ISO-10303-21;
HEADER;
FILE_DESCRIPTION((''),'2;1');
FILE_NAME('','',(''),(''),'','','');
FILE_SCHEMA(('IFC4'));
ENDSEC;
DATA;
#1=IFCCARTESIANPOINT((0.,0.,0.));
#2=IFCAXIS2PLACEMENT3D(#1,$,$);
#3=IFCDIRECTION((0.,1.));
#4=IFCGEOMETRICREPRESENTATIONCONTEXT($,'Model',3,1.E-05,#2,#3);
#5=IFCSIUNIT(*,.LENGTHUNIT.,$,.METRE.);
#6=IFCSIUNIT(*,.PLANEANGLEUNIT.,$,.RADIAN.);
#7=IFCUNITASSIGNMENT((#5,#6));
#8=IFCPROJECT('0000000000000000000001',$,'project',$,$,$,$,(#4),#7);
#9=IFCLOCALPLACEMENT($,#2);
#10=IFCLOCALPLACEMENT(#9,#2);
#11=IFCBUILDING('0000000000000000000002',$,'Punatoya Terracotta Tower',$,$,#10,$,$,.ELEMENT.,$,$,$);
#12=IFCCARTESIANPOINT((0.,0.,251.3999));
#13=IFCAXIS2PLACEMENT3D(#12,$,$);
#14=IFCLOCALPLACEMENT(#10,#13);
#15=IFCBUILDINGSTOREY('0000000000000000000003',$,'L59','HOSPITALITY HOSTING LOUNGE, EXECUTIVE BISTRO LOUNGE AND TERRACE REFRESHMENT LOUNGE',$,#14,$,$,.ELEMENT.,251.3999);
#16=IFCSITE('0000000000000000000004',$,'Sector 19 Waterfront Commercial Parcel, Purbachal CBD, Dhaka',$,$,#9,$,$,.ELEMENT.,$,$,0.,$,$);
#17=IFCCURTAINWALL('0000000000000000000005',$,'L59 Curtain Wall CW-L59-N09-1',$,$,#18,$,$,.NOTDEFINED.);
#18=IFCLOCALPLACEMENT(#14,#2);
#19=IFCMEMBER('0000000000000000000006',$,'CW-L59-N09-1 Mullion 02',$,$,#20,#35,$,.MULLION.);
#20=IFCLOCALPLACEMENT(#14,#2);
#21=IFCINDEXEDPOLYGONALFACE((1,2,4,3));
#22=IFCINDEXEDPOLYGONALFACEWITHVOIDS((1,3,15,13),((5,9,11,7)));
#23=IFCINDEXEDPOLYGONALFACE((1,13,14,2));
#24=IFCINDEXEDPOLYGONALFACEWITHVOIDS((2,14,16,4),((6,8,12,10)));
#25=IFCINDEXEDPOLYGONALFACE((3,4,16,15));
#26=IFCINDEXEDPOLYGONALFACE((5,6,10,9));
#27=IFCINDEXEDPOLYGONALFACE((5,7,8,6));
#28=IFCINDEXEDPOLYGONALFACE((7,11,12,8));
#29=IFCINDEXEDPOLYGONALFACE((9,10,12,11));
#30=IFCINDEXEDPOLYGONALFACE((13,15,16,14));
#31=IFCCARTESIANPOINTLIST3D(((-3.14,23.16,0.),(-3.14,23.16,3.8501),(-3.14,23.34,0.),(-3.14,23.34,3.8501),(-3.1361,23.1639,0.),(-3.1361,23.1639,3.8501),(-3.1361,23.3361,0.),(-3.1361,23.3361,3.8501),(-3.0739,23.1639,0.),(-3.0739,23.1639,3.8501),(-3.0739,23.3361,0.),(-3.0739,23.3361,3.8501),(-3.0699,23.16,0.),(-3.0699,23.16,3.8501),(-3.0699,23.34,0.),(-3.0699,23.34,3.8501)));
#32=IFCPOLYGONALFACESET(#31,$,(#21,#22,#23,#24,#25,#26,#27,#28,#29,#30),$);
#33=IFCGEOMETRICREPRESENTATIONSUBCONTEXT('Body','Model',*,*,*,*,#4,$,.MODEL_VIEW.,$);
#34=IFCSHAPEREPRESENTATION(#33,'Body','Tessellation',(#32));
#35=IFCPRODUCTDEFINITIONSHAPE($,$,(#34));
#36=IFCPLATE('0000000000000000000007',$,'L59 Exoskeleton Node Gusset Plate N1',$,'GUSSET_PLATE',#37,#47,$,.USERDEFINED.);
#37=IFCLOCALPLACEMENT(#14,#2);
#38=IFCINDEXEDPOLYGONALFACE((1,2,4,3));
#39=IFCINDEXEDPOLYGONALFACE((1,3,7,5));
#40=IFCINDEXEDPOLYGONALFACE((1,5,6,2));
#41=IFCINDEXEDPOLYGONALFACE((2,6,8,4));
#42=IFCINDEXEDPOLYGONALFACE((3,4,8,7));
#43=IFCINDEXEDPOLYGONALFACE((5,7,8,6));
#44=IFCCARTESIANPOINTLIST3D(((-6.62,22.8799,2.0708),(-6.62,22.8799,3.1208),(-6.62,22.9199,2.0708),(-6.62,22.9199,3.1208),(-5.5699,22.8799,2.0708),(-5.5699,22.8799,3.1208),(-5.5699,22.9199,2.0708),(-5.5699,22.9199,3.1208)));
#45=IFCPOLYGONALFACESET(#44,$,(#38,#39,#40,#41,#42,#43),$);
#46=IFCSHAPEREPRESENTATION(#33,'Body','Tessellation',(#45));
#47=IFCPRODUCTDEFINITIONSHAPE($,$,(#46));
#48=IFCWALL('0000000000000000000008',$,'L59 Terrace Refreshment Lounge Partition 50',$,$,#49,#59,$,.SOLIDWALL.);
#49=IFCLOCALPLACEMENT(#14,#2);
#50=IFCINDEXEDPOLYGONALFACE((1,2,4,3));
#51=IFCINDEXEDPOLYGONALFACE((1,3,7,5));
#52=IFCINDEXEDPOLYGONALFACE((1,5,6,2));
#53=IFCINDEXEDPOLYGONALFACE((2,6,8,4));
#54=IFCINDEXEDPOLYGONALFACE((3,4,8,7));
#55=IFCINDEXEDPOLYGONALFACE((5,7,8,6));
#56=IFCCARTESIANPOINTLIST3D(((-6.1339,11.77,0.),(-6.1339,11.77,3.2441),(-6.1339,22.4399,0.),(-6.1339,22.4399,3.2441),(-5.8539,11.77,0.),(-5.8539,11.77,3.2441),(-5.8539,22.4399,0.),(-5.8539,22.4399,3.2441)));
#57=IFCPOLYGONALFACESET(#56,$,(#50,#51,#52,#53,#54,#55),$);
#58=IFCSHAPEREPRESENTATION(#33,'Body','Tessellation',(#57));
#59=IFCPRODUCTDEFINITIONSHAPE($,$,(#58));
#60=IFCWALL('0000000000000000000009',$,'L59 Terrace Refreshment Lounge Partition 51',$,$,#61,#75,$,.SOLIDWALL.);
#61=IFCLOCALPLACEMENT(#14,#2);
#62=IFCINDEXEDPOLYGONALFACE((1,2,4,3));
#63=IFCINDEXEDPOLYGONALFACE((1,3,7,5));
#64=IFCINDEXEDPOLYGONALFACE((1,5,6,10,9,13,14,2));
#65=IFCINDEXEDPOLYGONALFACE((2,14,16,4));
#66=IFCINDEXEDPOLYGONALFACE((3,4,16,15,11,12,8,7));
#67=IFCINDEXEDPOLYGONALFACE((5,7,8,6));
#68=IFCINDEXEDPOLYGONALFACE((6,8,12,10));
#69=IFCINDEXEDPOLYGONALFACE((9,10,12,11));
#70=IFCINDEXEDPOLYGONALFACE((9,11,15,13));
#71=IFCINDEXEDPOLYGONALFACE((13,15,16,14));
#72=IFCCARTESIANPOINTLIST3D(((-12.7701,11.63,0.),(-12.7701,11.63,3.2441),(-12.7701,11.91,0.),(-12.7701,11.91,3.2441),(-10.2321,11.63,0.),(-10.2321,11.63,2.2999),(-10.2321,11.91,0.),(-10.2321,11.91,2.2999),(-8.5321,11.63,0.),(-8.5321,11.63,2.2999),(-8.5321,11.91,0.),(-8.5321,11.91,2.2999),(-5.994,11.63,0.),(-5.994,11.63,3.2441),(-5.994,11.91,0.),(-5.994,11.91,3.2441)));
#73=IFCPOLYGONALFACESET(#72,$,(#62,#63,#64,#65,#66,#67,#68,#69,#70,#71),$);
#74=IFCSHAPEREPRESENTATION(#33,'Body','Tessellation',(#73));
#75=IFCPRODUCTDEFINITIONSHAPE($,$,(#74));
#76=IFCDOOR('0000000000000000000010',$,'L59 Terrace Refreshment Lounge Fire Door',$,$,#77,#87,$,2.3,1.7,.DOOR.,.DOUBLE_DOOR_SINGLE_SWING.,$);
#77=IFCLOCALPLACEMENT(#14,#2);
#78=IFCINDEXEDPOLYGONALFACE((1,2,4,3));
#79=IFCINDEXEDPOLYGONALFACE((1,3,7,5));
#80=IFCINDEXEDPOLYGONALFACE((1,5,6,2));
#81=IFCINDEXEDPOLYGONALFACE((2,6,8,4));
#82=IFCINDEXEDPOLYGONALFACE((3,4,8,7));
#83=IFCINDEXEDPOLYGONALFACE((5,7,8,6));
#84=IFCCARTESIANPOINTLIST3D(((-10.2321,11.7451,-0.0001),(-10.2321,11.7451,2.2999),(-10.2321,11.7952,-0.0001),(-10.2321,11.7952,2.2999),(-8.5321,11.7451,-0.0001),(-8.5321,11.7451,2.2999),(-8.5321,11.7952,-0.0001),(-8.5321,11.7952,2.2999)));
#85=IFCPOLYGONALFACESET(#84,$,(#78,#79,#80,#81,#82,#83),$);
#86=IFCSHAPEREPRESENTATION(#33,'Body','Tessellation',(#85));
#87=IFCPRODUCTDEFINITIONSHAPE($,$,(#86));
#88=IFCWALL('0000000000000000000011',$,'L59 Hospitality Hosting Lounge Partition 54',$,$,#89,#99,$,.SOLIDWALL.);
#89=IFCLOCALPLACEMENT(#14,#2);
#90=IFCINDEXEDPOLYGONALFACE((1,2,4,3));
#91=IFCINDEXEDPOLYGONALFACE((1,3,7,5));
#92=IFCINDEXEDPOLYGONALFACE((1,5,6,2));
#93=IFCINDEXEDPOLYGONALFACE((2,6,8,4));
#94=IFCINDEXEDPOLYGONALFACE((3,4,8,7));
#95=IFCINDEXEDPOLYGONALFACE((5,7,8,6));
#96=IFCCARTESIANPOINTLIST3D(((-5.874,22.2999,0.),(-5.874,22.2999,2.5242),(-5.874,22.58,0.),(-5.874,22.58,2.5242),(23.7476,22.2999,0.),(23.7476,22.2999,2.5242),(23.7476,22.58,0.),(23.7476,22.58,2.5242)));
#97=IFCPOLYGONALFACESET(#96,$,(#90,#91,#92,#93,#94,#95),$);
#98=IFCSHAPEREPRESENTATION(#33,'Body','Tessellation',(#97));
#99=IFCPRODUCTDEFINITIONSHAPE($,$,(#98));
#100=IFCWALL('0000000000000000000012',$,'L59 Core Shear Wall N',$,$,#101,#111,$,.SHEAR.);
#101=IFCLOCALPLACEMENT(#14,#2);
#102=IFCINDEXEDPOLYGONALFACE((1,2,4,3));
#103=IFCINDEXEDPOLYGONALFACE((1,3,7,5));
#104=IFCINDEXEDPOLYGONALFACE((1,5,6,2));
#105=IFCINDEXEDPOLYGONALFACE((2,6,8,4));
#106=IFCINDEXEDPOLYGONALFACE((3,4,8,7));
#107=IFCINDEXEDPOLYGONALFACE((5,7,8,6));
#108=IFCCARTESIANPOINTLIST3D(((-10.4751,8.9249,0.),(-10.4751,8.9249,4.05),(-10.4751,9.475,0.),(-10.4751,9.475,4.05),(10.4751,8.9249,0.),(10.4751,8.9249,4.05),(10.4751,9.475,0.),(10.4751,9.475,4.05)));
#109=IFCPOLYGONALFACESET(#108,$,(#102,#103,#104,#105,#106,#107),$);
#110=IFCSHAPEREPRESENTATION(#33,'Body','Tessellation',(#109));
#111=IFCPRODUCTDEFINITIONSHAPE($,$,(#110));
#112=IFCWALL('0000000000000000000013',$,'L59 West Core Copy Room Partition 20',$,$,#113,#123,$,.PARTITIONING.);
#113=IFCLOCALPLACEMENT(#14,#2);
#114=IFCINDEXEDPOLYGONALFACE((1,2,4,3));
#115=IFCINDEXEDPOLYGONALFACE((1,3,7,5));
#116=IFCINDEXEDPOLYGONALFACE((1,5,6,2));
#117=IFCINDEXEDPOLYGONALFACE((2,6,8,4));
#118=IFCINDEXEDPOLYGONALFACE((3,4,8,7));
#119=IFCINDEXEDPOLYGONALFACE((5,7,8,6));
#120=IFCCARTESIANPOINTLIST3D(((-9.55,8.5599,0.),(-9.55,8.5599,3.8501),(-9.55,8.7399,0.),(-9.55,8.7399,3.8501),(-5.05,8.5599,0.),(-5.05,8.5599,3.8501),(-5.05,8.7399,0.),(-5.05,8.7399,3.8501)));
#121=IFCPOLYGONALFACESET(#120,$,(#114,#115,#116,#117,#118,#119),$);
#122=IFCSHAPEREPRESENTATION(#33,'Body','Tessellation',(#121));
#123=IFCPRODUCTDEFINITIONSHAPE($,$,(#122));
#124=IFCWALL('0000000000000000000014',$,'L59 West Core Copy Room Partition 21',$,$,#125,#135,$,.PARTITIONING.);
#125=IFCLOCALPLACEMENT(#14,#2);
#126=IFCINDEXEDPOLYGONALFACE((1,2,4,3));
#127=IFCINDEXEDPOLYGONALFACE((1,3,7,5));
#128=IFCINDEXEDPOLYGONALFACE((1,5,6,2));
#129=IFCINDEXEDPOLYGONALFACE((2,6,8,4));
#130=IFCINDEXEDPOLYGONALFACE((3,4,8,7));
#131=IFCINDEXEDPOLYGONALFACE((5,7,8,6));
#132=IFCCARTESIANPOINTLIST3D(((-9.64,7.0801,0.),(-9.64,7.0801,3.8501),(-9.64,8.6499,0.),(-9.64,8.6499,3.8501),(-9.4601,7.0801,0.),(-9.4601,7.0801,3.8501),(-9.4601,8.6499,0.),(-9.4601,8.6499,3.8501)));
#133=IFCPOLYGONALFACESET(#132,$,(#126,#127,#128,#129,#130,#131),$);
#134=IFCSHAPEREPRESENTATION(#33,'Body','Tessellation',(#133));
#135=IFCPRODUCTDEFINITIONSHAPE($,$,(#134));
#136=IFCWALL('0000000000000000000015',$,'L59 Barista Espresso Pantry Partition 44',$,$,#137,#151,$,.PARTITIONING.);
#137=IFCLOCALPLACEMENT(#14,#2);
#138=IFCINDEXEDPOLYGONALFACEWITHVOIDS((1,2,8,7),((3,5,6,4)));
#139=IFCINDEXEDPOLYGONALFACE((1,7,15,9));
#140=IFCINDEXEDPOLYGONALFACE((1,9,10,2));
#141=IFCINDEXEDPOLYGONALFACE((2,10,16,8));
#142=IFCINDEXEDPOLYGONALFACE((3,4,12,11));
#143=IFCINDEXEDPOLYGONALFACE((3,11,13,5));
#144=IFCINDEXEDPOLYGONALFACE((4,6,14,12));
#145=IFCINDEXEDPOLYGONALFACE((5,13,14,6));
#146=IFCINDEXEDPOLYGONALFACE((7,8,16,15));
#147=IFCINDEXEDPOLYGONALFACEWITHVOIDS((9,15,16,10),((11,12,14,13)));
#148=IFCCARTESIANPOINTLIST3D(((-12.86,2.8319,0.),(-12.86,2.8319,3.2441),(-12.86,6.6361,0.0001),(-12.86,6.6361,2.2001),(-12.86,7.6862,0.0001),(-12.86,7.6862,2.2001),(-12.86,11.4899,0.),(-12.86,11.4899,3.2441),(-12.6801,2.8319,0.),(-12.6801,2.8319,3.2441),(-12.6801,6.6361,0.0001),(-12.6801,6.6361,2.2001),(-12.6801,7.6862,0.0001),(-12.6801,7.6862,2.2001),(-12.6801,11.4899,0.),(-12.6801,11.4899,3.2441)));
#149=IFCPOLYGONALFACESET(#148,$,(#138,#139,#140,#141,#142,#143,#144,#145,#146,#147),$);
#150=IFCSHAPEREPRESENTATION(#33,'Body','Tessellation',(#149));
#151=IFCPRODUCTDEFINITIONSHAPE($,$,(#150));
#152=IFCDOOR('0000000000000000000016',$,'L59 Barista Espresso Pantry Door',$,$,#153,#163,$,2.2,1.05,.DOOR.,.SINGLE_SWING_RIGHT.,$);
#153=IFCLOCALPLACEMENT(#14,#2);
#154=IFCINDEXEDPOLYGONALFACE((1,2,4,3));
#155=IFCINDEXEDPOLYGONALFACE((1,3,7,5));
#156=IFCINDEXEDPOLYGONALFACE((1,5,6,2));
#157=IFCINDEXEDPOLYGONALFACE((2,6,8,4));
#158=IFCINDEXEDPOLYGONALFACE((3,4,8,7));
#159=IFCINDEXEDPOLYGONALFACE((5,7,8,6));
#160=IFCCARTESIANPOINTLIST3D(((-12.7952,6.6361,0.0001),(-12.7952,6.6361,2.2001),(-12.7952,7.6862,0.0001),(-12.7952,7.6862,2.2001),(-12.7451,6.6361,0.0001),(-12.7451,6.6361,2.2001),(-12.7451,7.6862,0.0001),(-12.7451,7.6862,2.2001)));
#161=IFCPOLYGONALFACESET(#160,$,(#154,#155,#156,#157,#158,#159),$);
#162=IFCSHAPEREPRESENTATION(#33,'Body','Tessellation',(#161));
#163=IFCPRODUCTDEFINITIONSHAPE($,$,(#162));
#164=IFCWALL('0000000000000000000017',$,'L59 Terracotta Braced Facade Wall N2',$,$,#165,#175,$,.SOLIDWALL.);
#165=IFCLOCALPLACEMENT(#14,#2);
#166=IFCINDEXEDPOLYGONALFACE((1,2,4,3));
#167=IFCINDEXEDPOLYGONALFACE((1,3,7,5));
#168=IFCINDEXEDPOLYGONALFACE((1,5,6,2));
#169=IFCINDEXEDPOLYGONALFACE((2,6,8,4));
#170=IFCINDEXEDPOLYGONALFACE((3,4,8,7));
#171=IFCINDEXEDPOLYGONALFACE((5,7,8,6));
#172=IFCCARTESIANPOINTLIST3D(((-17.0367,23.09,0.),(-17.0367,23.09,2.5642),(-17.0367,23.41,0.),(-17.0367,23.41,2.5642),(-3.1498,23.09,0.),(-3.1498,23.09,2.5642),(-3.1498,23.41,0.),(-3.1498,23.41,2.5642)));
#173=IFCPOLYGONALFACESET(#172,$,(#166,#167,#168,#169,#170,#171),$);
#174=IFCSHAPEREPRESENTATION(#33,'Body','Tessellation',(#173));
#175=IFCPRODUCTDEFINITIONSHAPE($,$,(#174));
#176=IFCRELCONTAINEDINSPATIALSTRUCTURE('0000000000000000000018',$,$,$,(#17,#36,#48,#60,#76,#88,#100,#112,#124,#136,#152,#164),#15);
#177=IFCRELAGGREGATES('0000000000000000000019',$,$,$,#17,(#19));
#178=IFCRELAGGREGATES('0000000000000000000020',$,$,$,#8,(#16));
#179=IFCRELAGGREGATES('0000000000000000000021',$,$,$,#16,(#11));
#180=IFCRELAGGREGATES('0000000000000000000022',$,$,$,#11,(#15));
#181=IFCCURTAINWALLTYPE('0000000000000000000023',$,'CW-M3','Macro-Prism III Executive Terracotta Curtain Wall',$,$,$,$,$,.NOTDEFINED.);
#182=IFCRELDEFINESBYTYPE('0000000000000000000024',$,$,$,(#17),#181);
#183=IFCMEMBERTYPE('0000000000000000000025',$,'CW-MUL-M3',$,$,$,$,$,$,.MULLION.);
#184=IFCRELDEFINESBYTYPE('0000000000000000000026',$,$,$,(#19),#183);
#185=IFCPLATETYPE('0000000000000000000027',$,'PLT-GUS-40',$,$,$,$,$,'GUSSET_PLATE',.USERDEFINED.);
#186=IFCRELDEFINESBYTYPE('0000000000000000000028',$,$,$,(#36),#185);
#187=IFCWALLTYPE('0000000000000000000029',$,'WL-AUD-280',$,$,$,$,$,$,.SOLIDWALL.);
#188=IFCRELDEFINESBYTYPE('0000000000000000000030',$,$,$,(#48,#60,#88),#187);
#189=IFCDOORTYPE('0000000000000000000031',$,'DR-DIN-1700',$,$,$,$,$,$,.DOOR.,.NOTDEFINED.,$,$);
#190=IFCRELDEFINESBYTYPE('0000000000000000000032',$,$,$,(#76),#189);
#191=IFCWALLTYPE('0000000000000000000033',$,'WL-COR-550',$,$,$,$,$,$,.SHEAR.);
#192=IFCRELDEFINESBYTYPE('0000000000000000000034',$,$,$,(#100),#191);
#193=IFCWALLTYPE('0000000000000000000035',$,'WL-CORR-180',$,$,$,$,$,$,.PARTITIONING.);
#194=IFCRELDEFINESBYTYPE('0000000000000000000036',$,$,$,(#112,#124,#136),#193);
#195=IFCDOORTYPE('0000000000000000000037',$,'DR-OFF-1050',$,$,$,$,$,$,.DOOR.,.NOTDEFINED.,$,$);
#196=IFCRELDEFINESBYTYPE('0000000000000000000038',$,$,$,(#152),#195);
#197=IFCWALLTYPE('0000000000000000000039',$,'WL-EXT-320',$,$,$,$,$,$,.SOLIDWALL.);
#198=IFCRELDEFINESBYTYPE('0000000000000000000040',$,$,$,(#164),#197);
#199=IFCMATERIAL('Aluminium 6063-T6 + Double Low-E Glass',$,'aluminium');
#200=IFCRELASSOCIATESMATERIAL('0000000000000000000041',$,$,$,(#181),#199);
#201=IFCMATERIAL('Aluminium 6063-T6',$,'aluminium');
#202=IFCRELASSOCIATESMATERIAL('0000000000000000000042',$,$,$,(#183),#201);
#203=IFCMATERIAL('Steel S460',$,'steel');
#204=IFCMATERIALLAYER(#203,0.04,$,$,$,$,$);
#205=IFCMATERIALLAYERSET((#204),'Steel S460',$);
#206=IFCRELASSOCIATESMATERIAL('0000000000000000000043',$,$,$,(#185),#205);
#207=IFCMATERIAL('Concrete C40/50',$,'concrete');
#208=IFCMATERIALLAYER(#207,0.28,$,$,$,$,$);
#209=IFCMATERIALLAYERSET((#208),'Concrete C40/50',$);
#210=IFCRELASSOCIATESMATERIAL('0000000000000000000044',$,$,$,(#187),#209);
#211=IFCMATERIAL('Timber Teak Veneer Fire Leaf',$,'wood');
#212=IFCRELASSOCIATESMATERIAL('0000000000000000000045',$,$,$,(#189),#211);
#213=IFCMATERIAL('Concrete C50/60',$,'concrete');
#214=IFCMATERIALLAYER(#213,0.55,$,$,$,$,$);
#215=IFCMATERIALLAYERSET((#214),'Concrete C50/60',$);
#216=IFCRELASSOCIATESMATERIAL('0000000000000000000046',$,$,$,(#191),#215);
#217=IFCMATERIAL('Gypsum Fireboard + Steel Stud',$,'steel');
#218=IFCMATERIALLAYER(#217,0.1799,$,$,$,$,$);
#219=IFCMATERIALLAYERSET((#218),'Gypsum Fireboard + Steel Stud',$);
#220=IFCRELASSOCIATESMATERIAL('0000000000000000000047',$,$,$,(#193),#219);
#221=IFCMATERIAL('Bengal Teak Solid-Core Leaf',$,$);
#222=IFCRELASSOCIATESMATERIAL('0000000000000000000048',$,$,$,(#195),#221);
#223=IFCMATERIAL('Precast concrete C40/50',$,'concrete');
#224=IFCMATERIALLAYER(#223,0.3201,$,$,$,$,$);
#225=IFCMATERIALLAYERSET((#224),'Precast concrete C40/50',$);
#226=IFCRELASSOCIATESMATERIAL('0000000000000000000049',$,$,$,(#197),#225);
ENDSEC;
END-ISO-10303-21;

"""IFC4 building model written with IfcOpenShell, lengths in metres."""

from ifc_helpers import new_model, si_unit, direction, frame, frame_2d, origin, origin_2d, place, context, subcontext, project, spatial, rectangle, hollow_rectangle, extrude, material, layer, layer_set, material_profile, profile_set, type_object, element, fill, aggregate, save


model = new_model("IFC4")

# Units and contexts
model_context = context("Model", 3, precision=1e-05, world=origin(), true_north=direction((0.0, 1.0)))
body_context = subcontext(model_context, "Body", "Model", "MODEL_VIEW")
ifc_project = project(units=[si_unit("LENGTHUNIT", "METRE"), si_unit("PLANEANGLEUNIT", "RADIAN")], contexts=[model_context])

# Site, building, storey
site_placement = place(None, origin())
site = spatial("IfcSite", under=ifc_project, at=site_placement, Name="Sector 19 Waterfront Commercial Parcel, Purbachal CBD, Dhaka", CompositionType="ELEMENT", RefElevation=0.0)
building_placement = place(site_placement, origin())
building = spatial("IfcBuilding", under=site, at=building_placement, Name="Punatoya Terracotta Tower", CompositionType="ELEMENT")
storey_placement = place(building_placement, frame((0.0, 0.0, 251.3999)))
storey = spatial("IfcBuildingStorey", under=building, at=storey_placement, Name="L59", Description="HOSPITALITY HOSTING LOUNGE, EXECUTIVE BISTRO LOUNGE AND TERRACE REFRESHMENT LOUNGE", CompositionType="ELEMENT", Elevation=251.3999)

# Shared definitions
ifc_material_1 = material(Name="Steel S460", Category="steel")

# Curtain wall, member
ifc_material_2 = material(Name="Aluminium 6063-T6 + Double Low-E Glass", Category="aluminium")
curtain_wall_type = type_object("IfcCurtainWallType", Name="CW-M3", Description="Macro-Prism III Executive Terracotta Curtain Wall", PredefinedType="NOTDEFINED", material=ifc_material_2)
curtain_wall_placement = place(storey_placement, origin())
curtain_wall = element("IfcCurtainWall", 1, at=curtain_wall_placement, inside=storey, type_object=curtain_wall_type, Name="L59 Curtain Wall CW-L59-N09-1", PredefinedType="NOTDEFINED")
ifc_material_3 = material(Name="Aluminium 6063-T6", Category="aluminium")
ifc_material_profile_1 = material_profile(ifc_material_3, hollow_rectangle(XDim=0.0701, YDim=0.1799, WallThickness=0.0039, at=origin_2d()))
ifc_profile_set_1 = profile_set([ifc_material_profile_1], Name="Aluminium 6063-T6")
member_type = type_object("IfcMemberType", Name="CW-MUL-M3", PredefinedType="MULLION", material=ifc_profile_set_1)
member_placement = place(storey_placement, frame((-3.105, 23.25, 0.0), z_axis=(0.0, 0.0, 1.0), x_axis=(1.0, 0.0, 0.0)))
member = element("IfcMember", 2, at=member_placement, type_object=member_type, Name="CW-L59-N09-1 Mullion 02", PredefinedType="MULLION", context=body_context, shape_type="SweptSolid", body=[
    extrude(hollow_rectangle(XDim=0.0701, YDim=0.1799, WallThickness=0.0039, at=origin_2d()), origin(), (0.0, 0.0, 1.0), 3.8501),
])
aggregate(curtain_wall, [member])

# Plate
ifc_layer_1 = layer(ifc_material_1, 0.04)
ifc_layer_set_1 = layer_set([ifc_layer_1], Name="Steel S460")
plate_type = type_object("IfcPlateType", Name="PLT-GUS-40", ElementType="GUSSET_PLATE", PredefinedType="USERDEFINED", material=ifc_layer_set_1)
plate_placement = place(storey_placement, frame((-6.095, 22.8999, 2.0708), z_axis=(0.0, 0.0, 1.0), x_axis=(1.0, 0.0, 0.0)))
element("IfcPlate", 3, at=plate_placement, inside=storey, type_object=plate_type, Name="L59 Exoskeleton Node Gusset Plate N1", ObjectType="GUSSET_PLATE", PredefinedType="USERDEFINED", context=body_context, shape_type="SweptSolid", body=[
    extrude(rectangle(XDim=1.05, YDim=0.04, at=origin_2d()), origin(), (0.0, 0.0, 1.0), 1.05),
])

# Wall
ifc_material_4 = material(Name="Concrete C40/50", Category="concrete")
ifc_layer_2 = layer(ifc_material_4, 0.28)
ifc_layer_set_2 = layer_set([ifc_layer_2], Name="Concrete C40/50")
wall_type_1 = type_object("IfcWallType", Name="WL-AUD-280", PredefinedType="SOLIDWALL", material=ifc_layer_set_2)
wall_1_placement = place(storey_placement, frame((-5.9939, 22.4399, 0.0), z_axis=(0.0, 0.0, 1.0), x_axis=(0.0, -1.0, 0.0)))
element("IfcWall", 4, at=wall_1_placement, inside=storey, type_object=wall_type_1, Name="L59 Terrace Refreshment Lounge Partition 50", PredefinedType="SOLIDWALL", context=body_context, shape_type="SweptSolid", body=[
    extrude(rectangle(XDim=10.6699, YDim=0.28, at=frame_2d((5.335, 0.0))), origin(), (0.0, 0.0, 1.0), 3.2441),
])

# Wall, opening, door
wall_2_placement = place(storey_placement, frame((-5.9939, 11.77, 0.0), z_axis=(0.0, 0.0, 1.0), x_axis=(-1.0, 0.0, 0.0)))
wall_2 = element("IfcWall", 5, at=wall_2_placement, inside=storey, type_object=wall_type_1, Name="L59 Terrace Refreshment Lounge Partition 51", PredefinedType="SOLIDWALL", context=body_context, shape_type="SweptSolid", body=[
    extrude(rectangle(XDim=6.7761, YDim=0.28, at=frame_2d((3.3882, 0.0))), origin(), (0.0, 0.0, 1.0), 3.2441),
])
opening_1_placement = place(wall_2_placement, frame((2.5381, 0.0, 0.0)))
opening_1 = element("IfcOpeningElement", 6, at=opening_1_placement, cuts=wall_2, PredefinedType="OPENING", context=body_context, shape_type="SweptSolid", body=[
    extrude(rectangle(XDim=1.7, YDim=2.3, at=frame_2d((0.8501, 1.1499))), frame((0.0, 0.1499, 0.0), z_axis=(0.0, -1.0, 0.0), x_axis=(1.0, 0.0, 0.0)), (0.0, 0.0, 1.0), 0.3),
])
ifc_material_5 = material(Name="Timber Teak Veneer Fire Leaf", Category="wood")
door_type_1 = type_object("IfcDoorType", Name="DR-DIN-1700", OperationType="NOTDEFINED", PredefinedType="DOOR", material=ifc_material_5)
door_1_placement = place(opening_1_placement, origin())
door_1 = element("IfcDoor", 7, at=door_1_placement, inside=storey, type_object=door_type_1, Name="L59 Terrace Refreshment Lounge Fire Door", OperationType="DOUBLE_DOOR_SINGLE_SWING", OverallHeight=2.3, OverallWidth=1.7, PredefinedType="DOOR", context=body_context, shape_type="SweptSolid", body=[
    extrude(rectangle(XDim=1.7, YDim=2.3, at=frame_2d((0.8501, 1.1499))), frame((0.0, 0.0249, 0.0), z_axis=(0.0, -1.0, 0.0), x_axis=(1.0, 0.0, 0.0)), (0.0, 0.0, 1.0), 0.05),
])
fill(opening_1, door_1)

# Walls
wall_3_placement = place(storey_placement, frame((-5.874, 22.4399, 0.0), z_axis=(0.0, 0.0, 1.0), x_axis=(1.0, 0.0, 0.0)))
element("IfcWall", 8, at=wall_3_placement, inside=storey, type_object=wall_type_1, Name="L59 Hospitality Hosting Lounge Partition 54", PredefinedType="SOLIDWALL", context=body_context, shape_type="SweptSolid", body=[
    extrude(rectangle(XDim=29.6216, YDim=0.28, at=frame_2d((14.8108, 0.0))), origin(), (0.0, 0.0, 1.0), 2.5242),
])
ifc_material_6 = material(Name="Concrete C50/60", Category="concrete")
ifc_layer_3 = layer(ifc_material_6, 0.55)
ifc_layer_set_3 = layer_set([ifc_layer_3], Name="Concrete C50/60")
wall_type_2 = type_object("IfcWallType", Name="WL-COR-550", PredefinedType="SHEAR", material=ifc_layer_set_3)
wall_4_placement = place(storey_placement, frame((-10.4751, 9.2, 0.0), z_axis=(0.0, 0.0, 1.0), x_axis=(1.0, 0.0, 0.0)))
element("IfcWall", 9, at=wall_4_placement, inside=storey, type_object=wall_type_2, Name="L59 Core Shear Wall N", PredefinedType="SHEAR", context=body_context, shape_type="SweptSolid", body=[
    extrude(rectangle(XDim=20.9502, YDim=0.55, at=frame_2d((10.4751, 0.0))), origin(), (0.0, 0.0, 1.0), 4.05),
])
ifc_material_7 = material(Name="Gypsum Fireboard + Steel Stud", Category="steel")
ifc_layer_4 = layer(ifc_material_7, 0.1799)
ifc_layer_set_4 = layer_set([ifc_layer_4], Name="Gypsum Fireboard + Steel Stud")
wall_type_3 = type_object("IfcWallType", Name="WL-CORR-180", PredefinedType="PARTITIONING", material=ifc_layer_set_4)
wall_5_placement = place(storey_placement, frame((-5.05, 8.6499, 0.0), z_axis=(0.0, 0.0, 1.0), x_axis=(-1.0, 0.0, 0.0)))
element("IfcWall", 10, at=wall_5_placement, inside=storey, type_object=wall_type_3, Name="L59 West Core Copy Room Partition 20", PredefinedType="PARTITIONING", context=body_context, shape_type="SweptSolid", body=[
    extrude(rectangle(XDim=4.5, YDim=0.1799, at=frame_2d((2.25, 0.0))), origin(), (0.0, 0.0, 1.0), 3.8501),
])
wall_6_placement = place(storey_placement, frame((-9.55, 8.6499, 0.0), z_axis=(0.0, 0.0, 1.0), x_axis=(0.0, -1.0, 0.0)))
element("IfcWall", 11, at=wall_6_placement, inside=storey, type_object=wall_type_3, Name="L59 West Core Copy Room Partition 21", PredefinedType="PARTITIONING", context=body_context, shape_type="SweptSolid", body=[
    extrude(rectangle(XDim=1.5698, YDim=0.1799, at=frame_2d((0.7849, 0.0))), origin(), (0.0, 0.0, 1.0), 3.8501),
])

# Wall, opening, door
wall_7_placement = place(storey_placement, frame((-12.77, 11.49, 0.0), z_axis=(0.0, 0.0, 1.0), x_axis=(0.0, -1.0, 0.0)))
wall_7 = element("IfcWall", 12, at=wall_7_placement, inside=storey, type_object=wall_type_3, Name="L59 Barista Espresso Pantry Partition 44", PredefinedType="PARTITIONING", context=body_context, shape_type="SweptSolid", body=[
    extrude(rectangle(XDim=8.658, YDim=0.1799, at=frame_2d((4.3291, 0.0))), origin(), (0.0, 0.0, 1.0), 3.2441),
])
opening_2_placement = place(wall_7_placement, frame((3.804, 0.0, 0.0)))
opening_2 = element("IfcOpeningElement", 13, at=opening_2_placement, cuts=wall_7, PredefinedType="OPENING", context=body_context, shape_type="SweptSolid", body=[
    extrude(rectangle(XDim=1.05, YDim=2.2, at=frame_2d((0.5249, 1.1001))), frame((0.0, 0.0999, 0.0), z_axis=(0.0, -1.0, 0.0), x_axis=(1.0, 0.0, 0.0)), (0.0, 0.0, 1.0), 0.2),
])
ifc_material_8 = material(Name="Bengal Teak Solid-Core Leaf")
door_type_2 = type_object("IfcDoorType", Name="DR-OFF-1050", OperationType="NOTDEFINED", PredefinedType="DOOR", material=ifc_material_8)
door_2_placement = place(opening_2_placement, origin())
door_2 = element("IfcDoor", 14, at=door_2_placement, inside=storey, type_object=door_type_2, Name="L59 Barista Espresso Pantry Door", OperationType="SINGLE_SWING_RIGHT", OverallHeight=2.2, OverallWidth=1.05, PredefinedType="DOOR", context=body_context, shape_type="SweptSolid", body=[
    extrude(rectangle(XDim=1.05, YDim=2.2, at=frame_2d((0.5249, 1.1001))), frame((0.0, 0.0249, 0.0), z_axis=(0.0, -1.0, 0.0), x_axis=(1.0, 0.0, 0.0)), (0.0, 0.0, 1.0), 0.05),
])
fill(opening_2, door_2)

# Wall
ifc_material_9 = material(Name="Precast concrete C40/50", Category="concrete")
ifc_layer_5 = layer(ifc_material_9, 0.3201)
ifc_layer_set_5 = layer_set([ifc_layer_5], Name="Precast concrete C40/50")
wall_type_4 = type_object("IfcWallType", Name="WL-EXT-320", PredefinedType="SOLIDWALL", material=ifc_layer_set_5)
wall_8_placement = place(storey_placement, frame((-3.1499, 23.25, 0.0), z_axis=(0.0, 0.0, 1.0), x_axis=(-1.0, 0.0, 0.0)))
element("IfcWall", 15, at=wall_8_placement, inside=storey, type_object=wall_type_4, Name="L59 Terracotta Braced Facade Wall N2", PredefinedType="SOLIDWALL", context=body_context, shape_type="SweptSolid", body=[
    extrude(rectangle(XDim=13.887, YDim=0.3201, at=frame_2d((6.9434, 0.0))), origin(), (0.0, 0.0, 1.0), 2.5642),
])

save(model, "model.ifc")
